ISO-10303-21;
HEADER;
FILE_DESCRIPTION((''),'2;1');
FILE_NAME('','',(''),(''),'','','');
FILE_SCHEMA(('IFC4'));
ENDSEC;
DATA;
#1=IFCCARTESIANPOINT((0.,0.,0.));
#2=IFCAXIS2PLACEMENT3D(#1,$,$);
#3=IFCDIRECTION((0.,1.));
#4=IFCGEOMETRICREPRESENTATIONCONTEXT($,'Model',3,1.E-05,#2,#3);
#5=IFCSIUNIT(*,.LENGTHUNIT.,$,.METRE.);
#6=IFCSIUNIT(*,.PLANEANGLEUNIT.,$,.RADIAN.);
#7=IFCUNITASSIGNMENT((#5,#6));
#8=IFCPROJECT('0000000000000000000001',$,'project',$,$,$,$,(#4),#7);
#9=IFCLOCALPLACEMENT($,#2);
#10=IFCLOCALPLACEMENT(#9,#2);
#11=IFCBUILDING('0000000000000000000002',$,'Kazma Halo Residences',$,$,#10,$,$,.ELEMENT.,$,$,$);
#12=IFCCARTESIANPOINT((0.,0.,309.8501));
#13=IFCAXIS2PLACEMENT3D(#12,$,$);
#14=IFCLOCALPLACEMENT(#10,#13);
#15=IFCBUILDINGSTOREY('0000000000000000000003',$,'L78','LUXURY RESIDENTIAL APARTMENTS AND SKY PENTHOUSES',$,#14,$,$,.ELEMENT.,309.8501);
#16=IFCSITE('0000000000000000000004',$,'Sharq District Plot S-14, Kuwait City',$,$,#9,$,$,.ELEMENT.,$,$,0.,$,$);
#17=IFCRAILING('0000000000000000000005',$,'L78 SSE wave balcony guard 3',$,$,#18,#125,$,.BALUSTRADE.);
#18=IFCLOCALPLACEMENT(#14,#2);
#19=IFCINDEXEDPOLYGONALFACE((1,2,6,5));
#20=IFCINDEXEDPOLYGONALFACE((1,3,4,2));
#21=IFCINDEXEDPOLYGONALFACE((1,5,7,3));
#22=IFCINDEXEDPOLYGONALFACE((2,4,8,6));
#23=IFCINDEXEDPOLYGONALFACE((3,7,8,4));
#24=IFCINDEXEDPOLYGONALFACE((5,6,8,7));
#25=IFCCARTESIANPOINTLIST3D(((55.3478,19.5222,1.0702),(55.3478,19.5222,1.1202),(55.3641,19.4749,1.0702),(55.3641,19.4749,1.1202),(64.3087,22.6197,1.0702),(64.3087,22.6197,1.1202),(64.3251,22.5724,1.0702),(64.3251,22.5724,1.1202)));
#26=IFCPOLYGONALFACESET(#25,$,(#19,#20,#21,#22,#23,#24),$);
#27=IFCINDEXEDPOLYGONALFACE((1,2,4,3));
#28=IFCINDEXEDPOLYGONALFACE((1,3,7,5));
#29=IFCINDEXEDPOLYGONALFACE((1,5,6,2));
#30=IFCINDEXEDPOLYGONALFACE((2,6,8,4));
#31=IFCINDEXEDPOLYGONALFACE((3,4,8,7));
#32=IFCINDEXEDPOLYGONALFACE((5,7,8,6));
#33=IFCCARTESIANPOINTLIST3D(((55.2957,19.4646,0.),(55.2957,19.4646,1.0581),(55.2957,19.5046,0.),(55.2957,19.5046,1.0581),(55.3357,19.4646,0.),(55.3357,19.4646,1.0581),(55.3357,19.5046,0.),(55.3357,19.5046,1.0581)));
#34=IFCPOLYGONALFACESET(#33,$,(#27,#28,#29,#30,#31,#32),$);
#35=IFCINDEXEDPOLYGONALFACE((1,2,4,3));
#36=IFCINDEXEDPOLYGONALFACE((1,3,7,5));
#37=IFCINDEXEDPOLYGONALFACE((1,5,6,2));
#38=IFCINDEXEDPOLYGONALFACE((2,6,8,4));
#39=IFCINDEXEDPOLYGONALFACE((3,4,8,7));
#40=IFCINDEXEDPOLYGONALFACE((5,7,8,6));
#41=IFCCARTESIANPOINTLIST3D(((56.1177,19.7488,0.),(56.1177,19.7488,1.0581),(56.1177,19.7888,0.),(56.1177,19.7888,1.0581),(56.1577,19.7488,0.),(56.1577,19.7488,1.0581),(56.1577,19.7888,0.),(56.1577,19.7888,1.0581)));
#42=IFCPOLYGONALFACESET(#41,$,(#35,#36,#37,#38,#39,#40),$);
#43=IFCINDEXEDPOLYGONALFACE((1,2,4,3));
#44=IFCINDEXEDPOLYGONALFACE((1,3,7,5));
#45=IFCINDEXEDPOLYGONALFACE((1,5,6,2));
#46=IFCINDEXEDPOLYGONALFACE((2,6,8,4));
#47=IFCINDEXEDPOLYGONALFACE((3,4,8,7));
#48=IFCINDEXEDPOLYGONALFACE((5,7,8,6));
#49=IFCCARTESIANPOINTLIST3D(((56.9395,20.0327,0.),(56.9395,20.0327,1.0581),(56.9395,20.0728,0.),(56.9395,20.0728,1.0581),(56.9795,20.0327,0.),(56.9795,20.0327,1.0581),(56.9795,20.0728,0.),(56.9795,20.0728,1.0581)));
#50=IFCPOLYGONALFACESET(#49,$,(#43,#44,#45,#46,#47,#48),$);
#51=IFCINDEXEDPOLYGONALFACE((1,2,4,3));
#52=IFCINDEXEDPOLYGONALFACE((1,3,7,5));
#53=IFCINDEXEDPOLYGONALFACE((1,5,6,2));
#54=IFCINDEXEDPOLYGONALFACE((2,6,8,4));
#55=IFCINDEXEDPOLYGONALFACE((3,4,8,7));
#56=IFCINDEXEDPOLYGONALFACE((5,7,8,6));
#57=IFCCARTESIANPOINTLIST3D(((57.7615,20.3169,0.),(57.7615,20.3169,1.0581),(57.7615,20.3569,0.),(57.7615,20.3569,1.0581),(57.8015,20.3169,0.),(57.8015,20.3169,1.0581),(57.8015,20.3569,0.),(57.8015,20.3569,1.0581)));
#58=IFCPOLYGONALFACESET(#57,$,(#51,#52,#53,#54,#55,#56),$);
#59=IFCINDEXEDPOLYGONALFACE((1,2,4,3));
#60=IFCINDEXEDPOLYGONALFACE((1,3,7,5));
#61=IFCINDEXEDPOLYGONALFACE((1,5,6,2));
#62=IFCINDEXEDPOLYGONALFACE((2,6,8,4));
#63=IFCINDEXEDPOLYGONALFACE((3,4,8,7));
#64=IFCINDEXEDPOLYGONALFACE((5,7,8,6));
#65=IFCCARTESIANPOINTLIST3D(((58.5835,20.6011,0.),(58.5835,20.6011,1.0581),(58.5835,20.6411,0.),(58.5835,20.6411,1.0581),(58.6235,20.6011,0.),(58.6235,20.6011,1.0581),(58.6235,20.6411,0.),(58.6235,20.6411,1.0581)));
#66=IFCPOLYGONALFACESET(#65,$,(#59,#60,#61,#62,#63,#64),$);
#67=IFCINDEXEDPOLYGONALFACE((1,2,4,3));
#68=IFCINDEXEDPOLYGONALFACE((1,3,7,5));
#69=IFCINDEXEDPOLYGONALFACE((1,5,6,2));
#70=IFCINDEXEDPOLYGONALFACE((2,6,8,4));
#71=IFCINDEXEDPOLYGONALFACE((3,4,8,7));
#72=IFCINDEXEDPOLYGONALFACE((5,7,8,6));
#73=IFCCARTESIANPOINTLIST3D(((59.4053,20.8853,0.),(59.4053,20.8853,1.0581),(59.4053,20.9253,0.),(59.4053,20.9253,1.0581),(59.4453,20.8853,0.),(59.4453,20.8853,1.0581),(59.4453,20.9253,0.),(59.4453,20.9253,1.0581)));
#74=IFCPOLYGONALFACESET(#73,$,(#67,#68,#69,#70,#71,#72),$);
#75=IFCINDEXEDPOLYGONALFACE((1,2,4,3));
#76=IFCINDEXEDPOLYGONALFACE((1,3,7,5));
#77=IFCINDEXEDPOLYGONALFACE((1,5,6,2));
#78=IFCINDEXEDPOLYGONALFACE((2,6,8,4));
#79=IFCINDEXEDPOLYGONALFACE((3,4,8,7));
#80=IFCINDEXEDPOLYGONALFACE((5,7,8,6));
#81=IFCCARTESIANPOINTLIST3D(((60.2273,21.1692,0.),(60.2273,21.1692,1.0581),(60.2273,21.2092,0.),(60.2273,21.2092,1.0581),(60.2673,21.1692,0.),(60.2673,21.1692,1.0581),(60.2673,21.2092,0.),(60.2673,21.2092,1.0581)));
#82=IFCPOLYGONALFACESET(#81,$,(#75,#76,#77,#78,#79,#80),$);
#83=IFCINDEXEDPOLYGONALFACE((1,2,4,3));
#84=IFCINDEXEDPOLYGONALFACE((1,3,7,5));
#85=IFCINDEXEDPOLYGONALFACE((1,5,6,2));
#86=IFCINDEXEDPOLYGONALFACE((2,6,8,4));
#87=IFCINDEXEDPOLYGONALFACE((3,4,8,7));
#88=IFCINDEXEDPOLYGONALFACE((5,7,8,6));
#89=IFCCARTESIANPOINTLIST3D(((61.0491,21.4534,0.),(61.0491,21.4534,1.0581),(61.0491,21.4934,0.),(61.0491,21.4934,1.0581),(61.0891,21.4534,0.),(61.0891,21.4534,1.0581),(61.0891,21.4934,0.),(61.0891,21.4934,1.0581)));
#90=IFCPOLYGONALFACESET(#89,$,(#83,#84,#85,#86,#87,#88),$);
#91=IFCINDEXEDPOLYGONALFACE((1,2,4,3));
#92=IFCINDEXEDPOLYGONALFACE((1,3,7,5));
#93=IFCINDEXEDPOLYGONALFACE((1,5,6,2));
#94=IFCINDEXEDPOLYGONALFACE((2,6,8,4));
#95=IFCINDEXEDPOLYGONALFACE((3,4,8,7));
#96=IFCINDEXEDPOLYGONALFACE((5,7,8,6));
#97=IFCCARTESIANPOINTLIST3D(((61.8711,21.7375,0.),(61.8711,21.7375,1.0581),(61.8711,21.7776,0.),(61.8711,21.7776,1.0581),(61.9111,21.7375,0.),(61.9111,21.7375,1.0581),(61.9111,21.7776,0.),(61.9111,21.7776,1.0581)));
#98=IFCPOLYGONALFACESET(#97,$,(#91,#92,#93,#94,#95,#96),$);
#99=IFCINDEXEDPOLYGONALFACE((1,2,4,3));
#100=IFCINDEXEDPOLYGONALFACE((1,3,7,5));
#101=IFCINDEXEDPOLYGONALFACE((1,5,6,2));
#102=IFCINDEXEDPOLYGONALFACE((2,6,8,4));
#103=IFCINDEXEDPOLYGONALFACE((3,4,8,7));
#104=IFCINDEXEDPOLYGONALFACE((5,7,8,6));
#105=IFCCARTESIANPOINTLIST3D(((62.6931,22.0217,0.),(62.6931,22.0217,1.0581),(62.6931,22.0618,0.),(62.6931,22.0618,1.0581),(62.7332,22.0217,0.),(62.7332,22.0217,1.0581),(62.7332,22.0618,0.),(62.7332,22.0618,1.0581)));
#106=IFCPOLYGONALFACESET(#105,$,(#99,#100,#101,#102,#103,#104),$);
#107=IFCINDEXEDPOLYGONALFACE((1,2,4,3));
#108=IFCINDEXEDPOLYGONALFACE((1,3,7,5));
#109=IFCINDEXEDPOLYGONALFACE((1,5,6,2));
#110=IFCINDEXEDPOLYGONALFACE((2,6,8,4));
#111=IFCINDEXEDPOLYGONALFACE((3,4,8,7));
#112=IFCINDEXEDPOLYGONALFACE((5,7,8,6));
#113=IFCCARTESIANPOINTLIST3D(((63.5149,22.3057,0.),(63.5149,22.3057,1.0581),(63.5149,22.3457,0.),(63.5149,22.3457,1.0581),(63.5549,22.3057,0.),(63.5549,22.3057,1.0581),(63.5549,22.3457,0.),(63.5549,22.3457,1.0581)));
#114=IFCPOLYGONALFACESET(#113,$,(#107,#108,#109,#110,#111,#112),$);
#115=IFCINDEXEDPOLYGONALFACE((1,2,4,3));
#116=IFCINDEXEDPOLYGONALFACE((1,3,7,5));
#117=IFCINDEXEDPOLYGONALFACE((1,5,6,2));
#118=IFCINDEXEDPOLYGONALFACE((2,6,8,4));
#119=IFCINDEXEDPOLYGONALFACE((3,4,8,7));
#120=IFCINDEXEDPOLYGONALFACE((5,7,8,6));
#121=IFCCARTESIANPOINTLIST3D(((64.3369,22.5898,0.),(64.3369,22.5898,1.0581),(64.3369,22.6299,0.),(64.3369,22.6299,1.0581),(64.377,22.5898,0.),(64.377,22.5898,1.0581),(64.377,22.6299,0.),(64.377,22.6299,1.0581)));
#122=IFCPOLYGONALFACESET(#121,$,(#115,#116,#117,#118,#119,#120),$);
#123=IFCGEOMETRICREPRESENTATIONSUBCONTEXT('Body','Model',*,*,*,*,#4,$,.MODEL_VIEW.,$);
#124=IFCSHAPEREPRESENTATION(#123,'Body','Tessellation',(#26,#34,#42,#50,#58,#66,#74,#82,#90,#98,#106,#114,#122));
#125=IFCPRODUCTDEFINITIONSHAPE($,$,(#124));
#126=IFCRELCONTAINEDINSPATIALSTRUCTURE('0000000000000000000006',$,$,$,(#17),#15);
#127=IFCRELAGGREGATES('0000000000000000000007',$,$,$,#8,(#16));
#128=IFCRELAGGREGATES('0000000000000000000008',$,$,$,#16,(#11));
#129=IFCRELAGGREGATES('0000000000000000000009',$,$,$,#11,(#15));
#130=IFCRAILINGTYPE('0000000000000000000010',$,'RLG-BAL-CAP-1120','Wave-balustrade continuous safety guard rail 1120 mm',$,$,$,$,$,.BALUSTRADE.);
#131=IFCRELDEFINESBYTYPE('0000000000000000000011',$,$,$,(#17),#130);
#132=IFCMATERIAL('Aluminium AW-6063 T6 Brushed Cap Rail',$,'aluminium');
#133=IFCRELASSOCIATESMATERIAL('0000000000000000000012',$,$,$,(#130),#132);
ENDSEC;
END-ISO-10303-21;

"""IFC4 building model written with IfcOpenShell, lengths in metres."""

from ifc_helpers import new_model, si_unit, direction, frame, origin, origin_2d, place, context, subcontext, project, spatial, rectangle, extrude, material, type_object, element, save


model = new_model("IFC4")

# Units and contexts
model_context = context("Model", 3, precision=1e-05, world=origin(), true_north=direction((0.0, 1.0)))
body_context = subcontext(model_context, "Body", "Model", "MODEL_VIEW")
ifc_project = project(units=[si_unit("LENGTHUNIT", "METRE"), si_unit("PLANEANGLEUNIT", "RADIAN")], contexts=[model_context])

# Site, building, storey
site_placement = place(None, origin())
site = spatial("IfcSite", under=ifc_project, at=site_placement, Name="Sharq District Plot S-14, Kuwait City", CompositionType="ELEMENT", RefElevation=0.0)
building_placement = place(site_placement, origin())
building = spatial("IfcBuilding", under=site, at=building_placement, Name="Kazma Halo Residences", CompositionType="ELEMENT")
storey_placement = place(building_placement, frame((0.0, 0.0, 309.8501)))
storey = spatial("IfcBuildingStorey", under=building, at=storey_placement, Name="L78", Description="LUXURY RESIDENTIAL APARTMENTS AND SKY PENTHOUSES", CompositionType="ELEMENT", Elevation=309.8501)

# Railing
ifc_material_1 = material(Name="Aluminium AW-6063 T6 Brushed Cap Rail", Category="aluminium")
railing_type = type_object("IfcRailingType", Name="RLG-BAL-CAP-1120", Description="Wave-balustrade continuous safety guard rail 1120 mm", PredefinedType="BALUSTRADE", material=ifc_material_1)
railing_placement = place(storey_placement, frame((55.3157, 19.4846, 0.0)))
element("IfcRailing", 1, at=railing_placement, inside=storey, type_object=railing_type, Name="L78 SSE wave balcony guard 3", PredefinedType="BALUSTRADE", context=body_context, shape_type="SweptSolid", body=[
    extrude(rectangle(XDim=0.05, YDim=0.05, at=origin_2d()), frame((0.0403, 0.0139, 1.0952), z_axis=(0.945129, 0.326698, 0.0), x_axis=(-0.326698, 0.945129, 0.0)), (0.0, 0.0, 1.0), 9.4812),
    extrude(rectangle(XDim=0.04, YDim=0.04, at=origin_2d()), origin(), (0.0, 0.0, 1.0), 1.0581),
    extrude(rectangle(XDim=0.04, YDim=0.04, at=origin_2d()), frame((0.822, 0.2842, 0.0)), (0.0, 0.0, 1.0), 1.0581),
    extrude(rectangle(XDim=0.04, YDim=0.04, at=origin_2d()), frame((1.6438, 0.5681, 0.0)), (0.0, 0.0, 1.0), 1.0581),
    extrude(rectangle(XDim=0.04, YDim=0.04, at=origin_2d()), frame((2.4658, 0.8523, 0.0)), (0.0, 0.0, 1.0), 1.0581),
    extrude(rectangle(XDim=0.04, YDim=0.04, at=origin_2d()), frame((3.2878, 1.1365, 0.0)), (0.0, 0.0, 1.0), 1.0581),
    extrude(rectangle(XDim=0.04, YDim=0.04, at=origin_2d()), frame((4.1096, 1.4207, 0.0)), (0.0, 0.0, 1.0), 1.0581),
    extrude(rectangle(XDim=0.04, YDim=0.04, at=origin_2d()), frame((4.9316, 1.7046, 0.0)), (0.0, 0.0, 1.0), 1.0581),
    extrude(rectangle(XDim=0.04, YDim=0.04, at=origin_2d()), frame((5.7534, 1.9888, 0.0)), (0.0, 0.0, 1.0), 1.0581),
    extrude(rectangle(XDim=0.04, YDim=0.04, at=origin_2d()), frame((6.5754, 2.2729, 0.0)), (0.0, 0.0, 1.0), 1.0581),
    extrude(rectangle(XDim=0.04, YDim=0.04, at=origin_2d()), frame((7.3975, 2.5571, 0.0)), (0.0, 0.0, 1.0), 1.0581),
    extrude(rectangle(XDim=0.04, YDim=0.04, at=origin_2d()), frame((8.2192, 2.8411, 0.0)), (0.0, 0.0, 1.0), 1.0581),
    extrude(rectangle(XDim=0.04, YDim=0.04, at=origin_2d()), frame((9.0413, 3.1252, 0.0)), (0.0, 0.0, 1.0), 1.0581),
])

save(model, "model.ifc")
